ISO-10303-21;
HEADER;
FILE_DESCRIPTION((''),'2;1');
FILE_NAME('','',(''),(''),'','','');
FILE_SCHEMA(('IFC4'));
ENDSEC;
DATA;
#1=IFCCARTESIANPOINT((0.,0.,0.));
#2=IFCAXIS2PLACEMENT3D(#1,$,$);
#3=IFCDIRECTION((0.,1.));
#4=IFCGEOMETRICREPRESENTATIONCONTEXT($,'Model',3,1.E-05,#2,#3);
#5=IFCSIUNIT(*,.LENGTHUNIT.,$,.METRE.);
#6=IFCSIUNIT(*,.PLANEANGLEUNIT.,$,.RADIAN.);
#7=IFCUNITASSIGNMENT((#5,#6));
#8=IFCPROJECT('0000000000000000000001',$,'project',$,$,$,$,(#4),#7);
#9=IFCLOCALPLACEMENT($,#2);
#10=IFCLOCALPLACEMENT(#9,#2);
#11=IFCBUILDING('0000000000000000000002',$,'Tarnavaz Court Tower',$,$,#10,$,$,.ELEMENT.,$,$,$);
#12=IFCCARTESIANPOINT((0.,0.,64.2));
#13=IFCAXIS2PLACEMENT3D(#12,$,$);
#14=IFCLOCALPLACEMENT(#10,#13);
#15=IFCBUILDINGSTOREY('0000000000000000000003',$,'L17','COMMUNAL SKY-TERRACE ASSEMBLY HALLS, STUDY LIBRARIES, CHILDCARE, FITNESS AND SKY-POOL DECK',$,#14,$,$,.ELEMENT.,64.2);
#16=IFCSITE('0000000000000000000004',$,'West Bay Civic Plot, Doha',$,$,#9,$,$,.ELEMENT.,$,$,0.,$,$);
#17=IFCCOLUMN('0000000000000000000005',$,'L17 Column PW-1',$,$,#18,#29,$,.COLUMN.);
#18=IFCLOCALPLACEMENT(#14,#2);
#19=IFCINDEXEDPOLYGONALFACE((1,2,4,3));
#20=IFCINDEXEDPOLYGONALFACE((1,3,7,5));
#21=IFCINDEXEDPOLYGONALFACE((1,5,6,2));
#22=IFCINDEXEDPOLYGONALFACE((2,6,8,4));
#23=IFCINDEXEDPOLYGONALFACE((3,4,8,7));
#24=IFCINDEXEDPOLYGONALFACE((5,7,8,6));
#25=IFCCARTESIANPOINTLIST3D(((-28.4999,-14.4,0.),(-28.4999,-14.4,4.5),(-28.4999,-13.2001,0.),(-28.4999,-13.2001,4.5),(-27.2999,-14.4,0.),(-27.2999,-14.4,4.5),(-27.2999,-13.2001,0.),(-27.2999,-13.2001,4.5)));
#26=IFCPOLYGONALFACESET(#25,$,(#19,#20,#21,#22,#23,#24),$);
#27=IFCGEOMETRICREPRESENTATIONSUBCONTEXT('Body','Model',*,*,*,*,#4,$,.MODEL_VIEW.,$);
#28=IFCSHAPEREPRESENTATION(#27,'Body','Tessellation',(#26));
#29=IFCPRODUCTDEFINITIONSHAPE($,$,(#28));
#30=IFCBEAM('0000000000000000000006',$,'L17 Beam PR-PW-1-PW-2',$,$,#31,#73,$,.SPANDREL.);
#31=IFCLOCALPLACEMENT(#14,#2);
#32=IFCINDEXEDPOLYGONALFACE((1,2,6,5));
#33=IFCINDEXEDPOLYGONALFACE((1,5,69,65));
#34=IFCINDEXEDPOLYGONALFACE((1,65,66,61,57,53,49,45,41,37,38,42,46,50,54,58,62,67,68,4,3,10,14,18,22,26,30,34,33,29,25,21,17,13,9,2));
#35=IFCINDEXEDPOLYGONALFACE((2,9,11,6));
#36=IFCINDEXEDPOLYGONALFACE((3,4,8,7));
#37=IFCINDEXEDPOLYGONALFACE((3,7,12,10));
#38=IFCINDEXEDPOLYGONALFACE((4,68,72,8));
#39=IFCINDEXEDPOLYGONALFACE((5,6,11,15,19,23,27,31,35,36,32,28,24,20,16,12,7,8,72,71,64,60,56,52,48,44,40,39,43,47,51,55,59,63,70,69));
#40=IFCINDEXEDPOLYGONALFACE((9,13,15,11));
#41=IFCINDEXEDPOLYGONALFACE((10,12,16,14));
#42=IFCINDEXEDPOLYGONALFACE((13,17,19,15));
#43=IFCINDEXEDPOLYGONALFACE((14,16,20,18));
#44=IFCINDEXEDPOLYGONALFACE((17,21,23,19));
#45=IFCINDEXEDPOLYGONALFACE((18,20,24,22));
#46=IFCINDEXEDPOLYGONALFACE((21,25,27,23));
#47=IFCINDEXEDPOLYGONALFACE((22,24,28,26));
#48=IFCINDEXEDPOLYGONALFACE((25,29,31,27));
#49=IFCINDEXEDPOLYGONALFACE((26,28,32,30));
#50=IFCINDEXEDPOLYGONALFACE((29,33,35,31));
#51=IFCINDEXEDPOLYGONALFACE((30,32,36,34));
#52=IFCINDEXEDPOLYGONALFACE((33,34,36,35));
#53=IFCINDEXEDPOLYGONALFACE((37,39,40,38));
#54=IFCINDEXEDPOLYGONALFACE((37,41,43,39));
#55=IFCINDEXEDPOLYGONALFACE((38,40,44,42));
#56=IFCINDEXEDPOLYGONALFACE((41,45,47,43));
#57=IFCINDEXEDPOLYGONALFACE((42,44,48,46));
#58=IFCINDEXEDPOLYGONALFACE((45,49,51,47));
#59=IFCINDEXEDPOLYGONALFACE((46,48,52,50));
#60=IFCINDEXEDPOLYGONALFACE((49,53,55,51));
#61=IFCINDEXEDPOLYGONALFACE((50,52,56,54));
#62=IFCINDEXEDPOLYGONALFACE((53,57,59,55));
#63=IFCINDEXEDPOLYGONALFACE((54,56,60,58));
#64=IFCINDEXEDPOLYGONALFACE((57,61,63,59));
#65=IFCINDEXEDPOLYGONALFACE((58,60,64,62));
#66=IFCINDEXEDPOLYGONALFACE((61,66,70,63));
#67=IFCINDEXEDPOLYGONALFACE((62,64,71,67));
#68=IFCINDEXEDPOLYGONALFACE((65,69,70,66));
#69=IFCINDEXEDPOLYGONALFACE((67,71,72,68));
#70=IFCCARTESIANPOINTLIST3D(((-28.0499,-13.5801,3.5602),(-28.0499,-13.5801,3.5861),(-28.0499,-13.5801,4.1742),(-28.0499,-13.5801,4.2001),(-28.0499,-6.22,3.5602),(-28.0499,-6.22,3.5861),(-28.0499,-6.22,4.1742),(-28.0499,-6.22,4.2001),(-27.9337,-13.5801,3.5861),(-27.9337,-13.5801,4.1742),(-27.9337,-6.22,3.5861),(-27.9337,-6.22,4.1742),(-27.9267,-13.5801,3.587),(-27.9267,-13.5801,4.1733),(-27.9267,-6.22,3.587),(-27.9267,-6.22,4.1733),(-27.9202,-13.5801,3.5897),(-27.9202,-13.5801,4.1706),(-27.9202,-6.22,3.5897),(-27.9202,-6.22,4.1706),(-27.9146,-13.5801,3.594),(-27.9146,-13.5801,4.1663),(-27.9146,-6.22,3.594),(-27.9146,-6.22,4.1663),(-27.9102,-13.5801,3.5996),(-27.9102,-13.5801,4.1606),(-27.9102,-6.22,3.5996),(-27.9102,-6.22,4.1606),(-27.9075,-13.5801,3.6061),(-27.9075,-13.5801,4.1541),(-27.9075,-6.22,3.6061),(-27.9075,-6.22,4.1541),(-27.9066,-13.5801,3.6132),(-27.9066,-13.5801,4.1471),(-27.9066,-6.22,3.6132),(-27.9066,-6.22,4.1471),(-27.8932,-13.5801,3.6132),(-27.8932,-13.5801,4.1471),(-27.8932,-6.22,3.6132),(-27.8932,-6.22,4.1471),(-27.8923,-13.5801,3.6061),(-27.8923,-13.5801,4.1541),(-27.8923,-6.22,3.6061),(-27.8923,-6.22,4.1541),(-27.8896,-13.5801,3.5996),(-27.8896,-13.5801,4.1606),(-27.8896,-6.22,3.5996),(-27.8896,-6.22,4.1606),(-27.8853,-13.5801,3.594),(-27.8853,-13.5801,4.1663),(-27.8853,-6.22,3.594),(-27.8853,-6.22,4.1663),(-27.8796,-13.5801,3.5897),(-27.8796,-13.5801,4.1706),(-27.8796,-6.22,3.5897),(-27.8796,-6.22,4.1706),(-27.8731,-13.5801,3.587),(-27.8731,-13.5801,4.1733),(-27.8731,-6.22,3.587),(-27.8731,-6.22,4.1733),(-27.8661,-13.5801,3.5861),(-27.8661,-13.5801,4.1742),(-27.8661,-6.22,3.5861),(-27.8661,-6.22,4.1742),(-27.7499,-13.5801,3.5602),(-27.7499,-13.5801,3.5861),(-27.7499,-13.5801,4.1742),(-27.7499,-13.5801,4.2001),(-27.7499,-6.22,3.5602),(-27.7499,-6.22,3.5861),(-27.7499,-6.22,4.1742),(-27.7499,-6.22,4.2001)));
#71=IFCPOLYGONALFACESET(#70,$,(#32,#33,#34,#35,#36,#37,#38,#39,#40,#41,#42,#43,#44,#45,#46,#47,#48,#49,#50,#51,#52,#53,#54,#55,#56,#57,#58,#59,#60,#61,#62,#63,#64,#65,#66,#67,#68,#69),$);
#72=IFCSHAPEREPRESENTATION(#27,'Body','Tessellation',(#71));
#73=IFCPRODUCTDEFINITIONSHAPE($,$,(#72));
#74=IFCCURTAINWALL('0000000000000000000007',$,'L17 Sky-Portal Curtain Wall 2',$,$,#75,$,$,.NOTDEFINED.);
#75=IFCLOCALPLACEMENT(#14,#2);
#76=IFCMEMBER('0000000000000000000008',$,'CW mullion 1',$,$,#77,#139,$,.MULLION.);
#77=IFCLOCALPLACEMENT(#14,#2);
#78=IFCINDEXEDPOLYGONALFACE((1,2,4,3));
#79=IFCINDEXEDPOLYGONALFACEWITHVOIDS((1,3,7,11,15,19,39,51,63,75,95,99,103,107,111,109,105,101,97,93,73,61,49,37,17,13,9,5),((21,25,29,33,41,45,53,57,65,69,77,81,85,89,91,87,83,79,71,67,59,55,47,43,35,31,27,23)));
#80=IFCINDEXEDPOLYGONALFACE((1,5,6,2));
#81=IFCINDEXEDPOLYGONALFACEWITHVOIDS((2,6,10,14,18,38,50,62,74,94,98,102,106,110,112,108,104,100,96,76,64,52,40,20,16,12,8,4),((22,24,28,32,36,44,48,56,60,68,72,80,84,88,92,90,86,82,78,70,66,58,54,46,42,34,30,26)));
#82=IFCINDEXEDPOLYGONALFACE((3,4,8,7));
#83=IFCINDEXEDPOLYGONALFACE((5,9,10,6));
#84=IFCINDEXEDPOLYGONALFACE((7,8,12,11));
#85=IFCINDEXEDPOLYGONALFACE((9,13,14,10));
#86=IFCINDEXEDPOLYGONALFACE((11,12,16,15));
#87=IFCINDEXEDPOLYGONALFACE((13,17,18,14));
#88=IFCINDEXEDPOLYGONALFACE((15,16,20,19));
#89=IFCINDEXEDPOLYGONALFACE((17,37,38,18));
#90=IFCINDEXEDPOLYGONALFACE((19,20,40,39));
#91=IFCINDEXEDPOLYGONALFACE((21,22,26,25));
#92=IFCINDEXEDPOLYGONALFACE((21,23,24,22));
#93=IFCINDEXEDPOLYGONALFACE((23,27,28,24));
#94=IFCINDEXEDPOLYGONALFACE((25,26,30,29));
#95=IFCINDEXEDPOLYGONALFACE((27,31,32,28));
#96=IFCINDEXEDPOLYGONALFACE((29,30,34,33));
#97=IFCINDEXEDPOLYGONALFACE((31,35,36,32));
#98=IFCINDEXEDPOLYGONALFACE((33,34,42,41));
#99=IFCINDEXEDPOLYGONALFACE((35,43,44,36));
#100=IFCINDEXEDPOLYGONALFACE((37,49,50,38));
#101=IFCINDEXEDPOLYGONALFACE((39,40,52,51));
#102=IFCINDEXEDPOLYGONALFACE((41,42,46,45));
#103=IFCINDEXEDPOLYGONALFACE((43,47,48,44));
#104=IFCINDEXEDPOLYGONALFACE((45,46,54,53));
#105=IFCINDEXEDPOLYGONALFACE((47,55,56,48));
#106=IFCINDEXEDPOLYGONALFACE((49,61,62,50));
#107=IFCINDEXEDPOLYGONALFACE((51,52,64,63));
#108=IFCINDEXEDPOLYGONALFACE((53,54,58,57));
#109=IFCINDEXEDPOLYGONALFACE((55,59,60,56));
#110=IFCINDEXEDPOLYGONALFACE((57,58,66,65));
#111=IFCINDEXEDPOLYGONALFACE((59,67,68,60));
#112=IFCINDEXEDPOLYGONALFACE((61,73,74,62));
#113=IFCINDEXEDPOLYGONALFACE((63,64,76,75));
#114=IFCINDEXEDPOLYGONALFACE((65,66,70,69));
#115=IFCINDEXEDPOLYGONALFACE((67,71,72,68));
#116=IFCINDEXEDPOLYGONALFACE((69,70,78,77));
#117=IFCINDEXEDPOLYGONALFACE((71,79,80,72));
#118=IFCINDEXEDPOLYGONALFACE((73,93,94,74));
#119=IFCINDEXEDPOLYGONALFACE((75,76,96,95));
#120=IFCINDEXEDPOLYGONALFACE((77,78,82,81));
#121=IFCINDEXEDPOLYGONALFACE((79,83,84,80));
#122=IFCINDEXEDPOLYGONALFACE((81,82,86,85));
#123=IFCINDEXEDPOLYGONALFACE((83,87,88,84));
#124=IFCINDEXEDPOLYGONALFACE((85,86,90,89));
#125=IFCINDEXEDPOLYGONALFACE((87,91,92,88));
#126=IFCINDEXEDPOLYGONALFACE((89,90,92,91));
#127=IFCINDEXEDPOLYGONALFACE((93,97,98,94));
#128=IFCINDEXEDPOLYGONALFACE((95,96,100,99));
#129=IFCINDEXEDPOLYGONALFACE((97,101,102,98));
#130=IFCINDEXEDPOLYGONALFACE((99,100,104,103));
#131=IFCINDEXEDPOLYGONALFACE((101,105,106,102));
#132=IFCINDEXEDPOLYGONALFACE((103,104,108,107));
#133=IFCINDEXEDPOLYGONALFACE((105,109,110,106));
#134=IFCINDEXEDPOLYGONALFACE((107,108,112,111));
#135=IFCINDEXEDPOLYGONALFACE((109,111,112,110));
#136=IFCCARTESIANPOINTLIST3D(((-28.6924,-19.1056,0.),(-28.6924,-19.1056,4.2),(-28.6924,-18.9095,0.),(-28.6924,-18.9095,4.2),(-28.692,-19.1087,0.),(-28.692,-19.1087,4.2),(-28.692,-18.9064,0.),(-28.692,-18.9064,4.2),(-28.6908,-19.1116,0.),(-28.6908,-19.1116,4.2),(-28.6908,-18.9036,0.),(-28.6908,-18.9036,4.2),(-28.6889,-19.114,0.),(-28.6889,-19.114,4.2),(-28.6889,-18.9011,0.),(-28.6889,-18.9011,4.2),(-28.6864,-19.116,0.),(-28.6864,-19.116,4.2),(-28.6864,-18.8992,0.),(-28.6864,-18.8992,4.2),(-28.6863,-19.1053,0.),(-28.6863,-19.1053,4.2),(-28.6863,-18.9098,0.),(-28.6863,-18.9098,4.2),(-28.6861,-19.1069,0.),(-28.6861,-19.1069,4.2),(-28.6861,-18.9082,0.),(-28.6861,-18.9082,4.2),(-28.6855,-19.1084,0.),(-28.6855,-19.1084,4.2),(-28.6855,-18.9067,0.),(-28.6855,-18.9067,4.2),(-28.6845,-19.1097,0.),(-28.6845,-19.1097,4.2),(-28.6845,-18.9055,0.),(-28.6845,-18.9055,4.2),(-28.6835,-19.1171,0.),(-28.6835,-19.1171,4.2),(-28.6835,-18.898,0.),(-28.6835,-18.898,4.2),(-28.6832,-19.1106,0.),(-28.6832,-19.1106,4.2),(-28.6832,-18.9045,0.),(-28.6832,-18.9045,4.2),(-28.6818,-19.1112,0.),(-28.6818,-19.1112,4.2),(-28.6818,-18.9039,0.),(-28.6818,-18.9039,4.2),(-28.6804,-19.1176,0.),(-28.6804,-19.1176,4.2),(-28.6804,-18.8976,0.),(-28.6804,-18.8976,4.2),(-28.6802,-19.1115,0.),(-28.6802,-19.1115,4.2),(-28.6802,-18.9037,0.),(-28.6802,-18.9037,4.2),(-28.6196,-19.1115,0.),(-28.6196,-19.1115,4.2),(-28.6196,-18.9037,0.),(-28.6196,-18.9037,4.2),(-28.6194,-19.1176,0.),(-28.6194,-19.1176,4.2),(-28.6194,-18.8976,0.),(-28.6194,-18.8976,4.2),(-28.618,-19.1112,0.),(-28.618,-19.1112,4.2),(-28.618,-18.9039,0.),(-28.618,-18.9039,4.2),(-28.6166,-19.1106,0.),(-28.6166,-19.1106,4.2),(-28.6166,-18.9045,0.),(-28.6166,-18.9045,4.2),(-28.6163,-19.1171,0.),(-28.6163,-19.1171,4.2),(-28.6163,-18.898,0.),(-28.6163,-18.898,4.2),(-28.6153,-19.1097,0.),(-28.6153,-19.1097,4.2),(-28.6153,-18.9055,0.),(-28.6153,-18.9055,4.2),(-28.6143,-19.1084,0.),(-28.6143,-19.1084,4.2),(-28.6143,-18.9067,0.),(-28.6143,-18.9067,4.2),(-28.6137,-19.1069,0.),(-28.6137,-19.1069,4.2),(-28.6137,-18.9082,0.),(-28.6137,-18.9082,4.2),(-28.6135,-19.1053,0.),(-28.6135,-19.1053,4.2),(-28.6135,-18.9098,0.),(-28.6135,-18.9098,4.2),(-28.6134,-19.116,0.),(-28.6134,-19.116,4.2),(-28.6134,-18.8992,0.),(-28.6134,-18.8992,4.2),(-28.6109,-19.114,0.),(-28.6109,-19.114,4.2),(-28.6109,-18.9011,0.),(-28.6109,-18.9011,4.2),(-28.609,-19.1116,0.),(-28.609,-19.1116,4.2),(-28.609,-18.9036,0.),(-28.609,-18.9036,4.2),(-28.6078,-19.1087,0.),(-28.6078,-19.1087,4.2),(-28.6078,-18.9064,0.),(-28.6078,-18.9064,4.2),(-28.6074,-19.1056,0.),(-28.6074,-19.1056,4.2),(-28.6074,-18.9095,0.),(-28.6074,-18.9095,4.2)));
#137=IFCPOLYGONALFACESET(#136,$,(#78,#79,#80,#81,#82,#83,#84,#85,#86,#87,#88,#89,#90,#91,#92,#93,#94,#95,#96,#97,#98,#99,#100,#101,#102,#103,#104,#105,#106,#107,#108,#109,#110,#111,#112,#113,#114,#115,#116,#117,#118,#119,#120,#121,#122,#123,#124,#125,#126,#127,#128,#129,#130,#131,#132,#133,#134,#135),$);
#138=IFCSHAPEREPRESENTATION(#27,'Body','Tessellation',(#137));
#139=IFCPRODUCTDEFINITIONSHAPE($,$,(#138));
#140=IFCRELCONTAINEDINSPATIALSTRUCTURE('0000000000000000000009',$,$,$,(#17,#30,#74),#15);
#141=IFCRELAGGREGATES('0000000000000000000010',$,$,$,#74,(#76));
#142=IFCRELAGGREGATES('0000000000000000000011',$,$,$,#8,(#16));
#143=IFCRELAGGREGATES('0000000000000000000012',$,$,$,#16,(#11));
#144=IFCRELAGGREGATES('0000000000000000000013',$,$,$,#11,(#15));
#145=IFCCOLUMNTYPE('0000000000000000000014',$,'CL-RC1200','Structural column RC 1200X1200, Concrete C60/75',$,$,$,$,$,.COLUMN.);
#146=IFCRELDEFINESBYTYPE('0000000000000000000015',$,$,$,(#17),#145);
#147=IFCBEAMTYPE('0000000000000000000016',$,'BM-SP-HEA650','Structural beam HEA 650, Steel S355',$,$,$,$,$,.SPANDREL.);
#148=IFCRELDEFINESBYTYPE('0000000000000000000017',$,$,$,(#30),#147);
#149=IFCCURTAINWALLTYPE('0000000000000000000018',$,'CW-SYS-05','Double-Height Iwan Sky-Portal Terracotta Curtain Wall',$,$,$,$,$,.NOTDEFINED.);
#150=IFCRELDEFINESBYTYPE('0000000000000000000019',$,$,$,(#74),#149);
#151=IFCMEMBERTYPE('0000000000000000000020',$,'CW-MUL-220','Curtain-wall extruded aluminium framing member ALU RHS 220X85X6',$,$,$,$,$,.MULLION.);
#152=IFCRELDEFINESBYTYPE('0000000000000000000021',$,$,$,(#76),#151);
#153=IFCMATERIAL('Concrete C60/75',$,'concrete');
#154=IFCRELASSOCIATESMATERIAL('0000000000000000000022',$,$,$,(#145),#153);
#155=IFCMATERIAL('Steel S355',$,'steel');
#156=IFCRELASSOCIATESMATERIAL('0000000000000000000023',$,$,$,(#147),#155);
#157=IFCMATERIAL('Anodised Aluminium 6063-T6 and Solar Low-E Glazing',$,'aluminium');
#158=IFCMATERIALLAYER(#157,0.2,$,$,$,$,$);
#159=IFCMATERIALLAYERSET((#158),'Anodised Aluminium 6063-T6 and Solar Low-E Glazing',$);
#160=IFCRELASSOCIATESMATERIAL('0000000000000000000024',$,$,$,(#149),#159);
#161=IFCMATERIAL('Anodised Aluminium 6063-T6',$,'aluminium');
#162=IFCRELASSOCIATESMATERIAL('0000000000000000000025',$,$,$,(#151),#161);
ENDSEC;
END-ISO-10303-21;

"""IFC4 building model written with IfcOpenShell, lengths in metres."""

from ifc_helpers import new_model, si_unit, direction, frame, origin, origin_2d, place, context, subcontext, project, spatial, rectangle, hollow_rectangle, i_section, extrude, material, layer, layer_set, material_profile, profile_set, type_object, element, aggregate, save


model = new_model("IFC4")

# Units and contexts
model_context = context("Model", 3, precision=1e-05, world=origin(), true_north=direction((0.0, 1.0)))
body_context = subcontext(model_context, "Body", "Model", "MODEL_VIEW")
ifc_project = project(units=[si_unit("LENGTHUNIT", "METRE"), si_unit("PLANEANGLEUNIT", "RADIAN")], contexts=[model_context])

# Site, building, storey
site_placement = place(None, origin())
site = spatial("IfcSite", under=ifc_project, at=site_placement, Name="West Bay Civic Plot, Doha", CompositionType="ELEMENT", RefElevation=0.0)
building_placement = place(site_placement, origin())
building = spatial("IfcBuilding", under=site, at=building_placement, Name="Tarnavaz Court Tower", CompositionType="ELEMENT")
storey_placement = place(building_placement, frame((0.0, 0.0, 64.2)))
storey = spatial("IfcBuildingStorey", under=building, at=storey_placement, Name="L17", Description="COMMUNAL SKY-TERRACE ASSEMBLY HALLS, STUDY LIBRARIES, CHILDCARE, FITNESS AND SKY-POOL DECK", CompositionType="ELEMENT", Elevation=64.2)

# Column
ifc_material_1 = material(Name="Concrete C60/75", Category="concrete")
ifc_material_profile_1 = material_profile(ifc_material_1, rectangle(XDim=1.2, YDim=1.2, at=origin_2d()), Name="RC 1200X1200")
ifc_profile_set_1 = profile_set([ifc_material_profile_1], Name="Concrete C60/75")
column_type = type_object("IfcColumnType", Name="CL-RC1200", Description="Structural column RC 1200X1200, Concrete C60/75", PredefinedType="COLUMN", material=ifc_profile_set_1)
column_placement = place(storey_placement, frame((-27.8999, -13.8, 0.0), z_axis=(0.0, 0.0, 1.0), x_axis=(1.0, 0.0, 0.0)))
element("IfcColumn", 1, at=column_placement, inside=storey, type_object=column_type, Name="L17 Column PW-1", PredefinedType="COLUMN", context=body_context, shape_type="SweptSolid", body=[
    extrude(rectangle(XDim=1.2, YDim=1.2, at=origin_2d()), origin(), (0.0, 0.0, 1.0), 4.5),
])

# Beam
ifc_material_2 = material(Name="Steel S355", Category="steel")
ifc_material_profile_2 = material_profile(ifc_material_2, i_section(OverallWidth=0.3, OverallDepth=0.6399, WebThickness=0.0134, FlangeThickness=0.0259, FilletRadius=0.0271, at=origin_2d()), Name="HEA 650")
ifc_profile_set_2 = profile_set([ifc_material_profile_2], Name="Steel S355")
beam_type = type_object("IfcBeamType", Name="BM-SP-HEA650", Description="Structural beam HEA 650, Steel S355", PredefinedType="SPANDREL", material=ifc_profile_set_2)
beam_placement = place(storey_placement, frame((-27.8999, -13.5801, 3.8801), z_axis=(0.0, 1.0, 0.0), x_axis=(-1.0, 0.0, 0.0)))
element("IfcBeam", 2, at=beam_placement, inside=storey, type_object=beam_type, Name="L17 Beam PR-PW-1-PW-2", PredefinedType="SPANDREL", context=body_context, shape_type="SweptSolid", body=[
    extrude(i_section(OverallWidth=0.3, OverallDepth=0.6399, WebThickness=0.0134, FlangeThickness=0.0259, FilletRadius=0.0271, at=origin_2d()), origin(), (0.0, 0.0, 1.0), 7.3601),
])

# Curtain wall, member
ifc_material_3 = material(Name="Anodised Aluminium 6063-T6 and Solar Low-E Glazing", Category="aluminium")
ifc_layer_1 = layer(ifc_material_3, 0.2)
ifc_layer_set_1 = layer_set([ifc_layer_1], Name="Anodised Aluminium 6063-T6 and Solar Low-E Glazing")
curtain_wall_type = type_object("IfcCurtainWallType", Name="CW-SYS-05", Description="Double-Height Iwan Sky-Portal Terracotta Curtain Wall", PredefinedType="NOTDEFINED", material=ifc_layer_set_1)
curtain_wall_placement = place(storey_placement, origin())
curtain_wall = element("IfcCurtainWall", 3, at=curtain_wall_placement, inside=storey, type_object=curtain_wall_type, Name="L17 Sky-Portal Curtain Wall 2", PredefinedType="NOTDEFINED")
ifc_material_4 = material(Name="Anodised Aluminium 6063-T6", Category="aluminium")
ifc_material_profile_3 = material_profile(ifc_material_4, hollow_rectangle(XDim=0.085, YDim=0.22, WallThickness=0.0061, InnerFilletRadius=0.0061, OuterFilletRadius=0.012, at=origin_2d()), Name="ALU RHS 220X85X6")
ifc_profile_set_3 = profile_set([ifc_material_profile_3], Name="Anodised Aluminium 6063-T6")
member_type_1 = type_object("IfcMemberType", Name="CW-MUL-220", Description="Curtain-wall extruded aluminium framing member ALU RHS 220X85X6", PredefinedType="MULLION", material=ifc_profile_set_3)
member_1_placement = place(storey_placement, frame((-28.6499, -19.0076, 0.0), z_axis=(0.0, 0.0, 1.0), x_axis=(-1.0, 0.0, 0.0)))
member_1 = element("IfcMember", 4, at=member_1_placement, type_object=member_type_1, Name="CW mullion 1", PredefinedType="MULLION", context=body_context, shape_type="SweptSolid", body=[
    extrude(hollow_rectangle(XDim=0.085, YDim=0.22, WallThickness=0.0061, InnerFilletRadius=0.0061, OuterFilletRadius=0.012, at=origin_2d()), origin(), (0.0, 0.0, 1.0), 4.2),
])
aggregate(curtain_wall, [member_1])

save(model, "model.ifc")
